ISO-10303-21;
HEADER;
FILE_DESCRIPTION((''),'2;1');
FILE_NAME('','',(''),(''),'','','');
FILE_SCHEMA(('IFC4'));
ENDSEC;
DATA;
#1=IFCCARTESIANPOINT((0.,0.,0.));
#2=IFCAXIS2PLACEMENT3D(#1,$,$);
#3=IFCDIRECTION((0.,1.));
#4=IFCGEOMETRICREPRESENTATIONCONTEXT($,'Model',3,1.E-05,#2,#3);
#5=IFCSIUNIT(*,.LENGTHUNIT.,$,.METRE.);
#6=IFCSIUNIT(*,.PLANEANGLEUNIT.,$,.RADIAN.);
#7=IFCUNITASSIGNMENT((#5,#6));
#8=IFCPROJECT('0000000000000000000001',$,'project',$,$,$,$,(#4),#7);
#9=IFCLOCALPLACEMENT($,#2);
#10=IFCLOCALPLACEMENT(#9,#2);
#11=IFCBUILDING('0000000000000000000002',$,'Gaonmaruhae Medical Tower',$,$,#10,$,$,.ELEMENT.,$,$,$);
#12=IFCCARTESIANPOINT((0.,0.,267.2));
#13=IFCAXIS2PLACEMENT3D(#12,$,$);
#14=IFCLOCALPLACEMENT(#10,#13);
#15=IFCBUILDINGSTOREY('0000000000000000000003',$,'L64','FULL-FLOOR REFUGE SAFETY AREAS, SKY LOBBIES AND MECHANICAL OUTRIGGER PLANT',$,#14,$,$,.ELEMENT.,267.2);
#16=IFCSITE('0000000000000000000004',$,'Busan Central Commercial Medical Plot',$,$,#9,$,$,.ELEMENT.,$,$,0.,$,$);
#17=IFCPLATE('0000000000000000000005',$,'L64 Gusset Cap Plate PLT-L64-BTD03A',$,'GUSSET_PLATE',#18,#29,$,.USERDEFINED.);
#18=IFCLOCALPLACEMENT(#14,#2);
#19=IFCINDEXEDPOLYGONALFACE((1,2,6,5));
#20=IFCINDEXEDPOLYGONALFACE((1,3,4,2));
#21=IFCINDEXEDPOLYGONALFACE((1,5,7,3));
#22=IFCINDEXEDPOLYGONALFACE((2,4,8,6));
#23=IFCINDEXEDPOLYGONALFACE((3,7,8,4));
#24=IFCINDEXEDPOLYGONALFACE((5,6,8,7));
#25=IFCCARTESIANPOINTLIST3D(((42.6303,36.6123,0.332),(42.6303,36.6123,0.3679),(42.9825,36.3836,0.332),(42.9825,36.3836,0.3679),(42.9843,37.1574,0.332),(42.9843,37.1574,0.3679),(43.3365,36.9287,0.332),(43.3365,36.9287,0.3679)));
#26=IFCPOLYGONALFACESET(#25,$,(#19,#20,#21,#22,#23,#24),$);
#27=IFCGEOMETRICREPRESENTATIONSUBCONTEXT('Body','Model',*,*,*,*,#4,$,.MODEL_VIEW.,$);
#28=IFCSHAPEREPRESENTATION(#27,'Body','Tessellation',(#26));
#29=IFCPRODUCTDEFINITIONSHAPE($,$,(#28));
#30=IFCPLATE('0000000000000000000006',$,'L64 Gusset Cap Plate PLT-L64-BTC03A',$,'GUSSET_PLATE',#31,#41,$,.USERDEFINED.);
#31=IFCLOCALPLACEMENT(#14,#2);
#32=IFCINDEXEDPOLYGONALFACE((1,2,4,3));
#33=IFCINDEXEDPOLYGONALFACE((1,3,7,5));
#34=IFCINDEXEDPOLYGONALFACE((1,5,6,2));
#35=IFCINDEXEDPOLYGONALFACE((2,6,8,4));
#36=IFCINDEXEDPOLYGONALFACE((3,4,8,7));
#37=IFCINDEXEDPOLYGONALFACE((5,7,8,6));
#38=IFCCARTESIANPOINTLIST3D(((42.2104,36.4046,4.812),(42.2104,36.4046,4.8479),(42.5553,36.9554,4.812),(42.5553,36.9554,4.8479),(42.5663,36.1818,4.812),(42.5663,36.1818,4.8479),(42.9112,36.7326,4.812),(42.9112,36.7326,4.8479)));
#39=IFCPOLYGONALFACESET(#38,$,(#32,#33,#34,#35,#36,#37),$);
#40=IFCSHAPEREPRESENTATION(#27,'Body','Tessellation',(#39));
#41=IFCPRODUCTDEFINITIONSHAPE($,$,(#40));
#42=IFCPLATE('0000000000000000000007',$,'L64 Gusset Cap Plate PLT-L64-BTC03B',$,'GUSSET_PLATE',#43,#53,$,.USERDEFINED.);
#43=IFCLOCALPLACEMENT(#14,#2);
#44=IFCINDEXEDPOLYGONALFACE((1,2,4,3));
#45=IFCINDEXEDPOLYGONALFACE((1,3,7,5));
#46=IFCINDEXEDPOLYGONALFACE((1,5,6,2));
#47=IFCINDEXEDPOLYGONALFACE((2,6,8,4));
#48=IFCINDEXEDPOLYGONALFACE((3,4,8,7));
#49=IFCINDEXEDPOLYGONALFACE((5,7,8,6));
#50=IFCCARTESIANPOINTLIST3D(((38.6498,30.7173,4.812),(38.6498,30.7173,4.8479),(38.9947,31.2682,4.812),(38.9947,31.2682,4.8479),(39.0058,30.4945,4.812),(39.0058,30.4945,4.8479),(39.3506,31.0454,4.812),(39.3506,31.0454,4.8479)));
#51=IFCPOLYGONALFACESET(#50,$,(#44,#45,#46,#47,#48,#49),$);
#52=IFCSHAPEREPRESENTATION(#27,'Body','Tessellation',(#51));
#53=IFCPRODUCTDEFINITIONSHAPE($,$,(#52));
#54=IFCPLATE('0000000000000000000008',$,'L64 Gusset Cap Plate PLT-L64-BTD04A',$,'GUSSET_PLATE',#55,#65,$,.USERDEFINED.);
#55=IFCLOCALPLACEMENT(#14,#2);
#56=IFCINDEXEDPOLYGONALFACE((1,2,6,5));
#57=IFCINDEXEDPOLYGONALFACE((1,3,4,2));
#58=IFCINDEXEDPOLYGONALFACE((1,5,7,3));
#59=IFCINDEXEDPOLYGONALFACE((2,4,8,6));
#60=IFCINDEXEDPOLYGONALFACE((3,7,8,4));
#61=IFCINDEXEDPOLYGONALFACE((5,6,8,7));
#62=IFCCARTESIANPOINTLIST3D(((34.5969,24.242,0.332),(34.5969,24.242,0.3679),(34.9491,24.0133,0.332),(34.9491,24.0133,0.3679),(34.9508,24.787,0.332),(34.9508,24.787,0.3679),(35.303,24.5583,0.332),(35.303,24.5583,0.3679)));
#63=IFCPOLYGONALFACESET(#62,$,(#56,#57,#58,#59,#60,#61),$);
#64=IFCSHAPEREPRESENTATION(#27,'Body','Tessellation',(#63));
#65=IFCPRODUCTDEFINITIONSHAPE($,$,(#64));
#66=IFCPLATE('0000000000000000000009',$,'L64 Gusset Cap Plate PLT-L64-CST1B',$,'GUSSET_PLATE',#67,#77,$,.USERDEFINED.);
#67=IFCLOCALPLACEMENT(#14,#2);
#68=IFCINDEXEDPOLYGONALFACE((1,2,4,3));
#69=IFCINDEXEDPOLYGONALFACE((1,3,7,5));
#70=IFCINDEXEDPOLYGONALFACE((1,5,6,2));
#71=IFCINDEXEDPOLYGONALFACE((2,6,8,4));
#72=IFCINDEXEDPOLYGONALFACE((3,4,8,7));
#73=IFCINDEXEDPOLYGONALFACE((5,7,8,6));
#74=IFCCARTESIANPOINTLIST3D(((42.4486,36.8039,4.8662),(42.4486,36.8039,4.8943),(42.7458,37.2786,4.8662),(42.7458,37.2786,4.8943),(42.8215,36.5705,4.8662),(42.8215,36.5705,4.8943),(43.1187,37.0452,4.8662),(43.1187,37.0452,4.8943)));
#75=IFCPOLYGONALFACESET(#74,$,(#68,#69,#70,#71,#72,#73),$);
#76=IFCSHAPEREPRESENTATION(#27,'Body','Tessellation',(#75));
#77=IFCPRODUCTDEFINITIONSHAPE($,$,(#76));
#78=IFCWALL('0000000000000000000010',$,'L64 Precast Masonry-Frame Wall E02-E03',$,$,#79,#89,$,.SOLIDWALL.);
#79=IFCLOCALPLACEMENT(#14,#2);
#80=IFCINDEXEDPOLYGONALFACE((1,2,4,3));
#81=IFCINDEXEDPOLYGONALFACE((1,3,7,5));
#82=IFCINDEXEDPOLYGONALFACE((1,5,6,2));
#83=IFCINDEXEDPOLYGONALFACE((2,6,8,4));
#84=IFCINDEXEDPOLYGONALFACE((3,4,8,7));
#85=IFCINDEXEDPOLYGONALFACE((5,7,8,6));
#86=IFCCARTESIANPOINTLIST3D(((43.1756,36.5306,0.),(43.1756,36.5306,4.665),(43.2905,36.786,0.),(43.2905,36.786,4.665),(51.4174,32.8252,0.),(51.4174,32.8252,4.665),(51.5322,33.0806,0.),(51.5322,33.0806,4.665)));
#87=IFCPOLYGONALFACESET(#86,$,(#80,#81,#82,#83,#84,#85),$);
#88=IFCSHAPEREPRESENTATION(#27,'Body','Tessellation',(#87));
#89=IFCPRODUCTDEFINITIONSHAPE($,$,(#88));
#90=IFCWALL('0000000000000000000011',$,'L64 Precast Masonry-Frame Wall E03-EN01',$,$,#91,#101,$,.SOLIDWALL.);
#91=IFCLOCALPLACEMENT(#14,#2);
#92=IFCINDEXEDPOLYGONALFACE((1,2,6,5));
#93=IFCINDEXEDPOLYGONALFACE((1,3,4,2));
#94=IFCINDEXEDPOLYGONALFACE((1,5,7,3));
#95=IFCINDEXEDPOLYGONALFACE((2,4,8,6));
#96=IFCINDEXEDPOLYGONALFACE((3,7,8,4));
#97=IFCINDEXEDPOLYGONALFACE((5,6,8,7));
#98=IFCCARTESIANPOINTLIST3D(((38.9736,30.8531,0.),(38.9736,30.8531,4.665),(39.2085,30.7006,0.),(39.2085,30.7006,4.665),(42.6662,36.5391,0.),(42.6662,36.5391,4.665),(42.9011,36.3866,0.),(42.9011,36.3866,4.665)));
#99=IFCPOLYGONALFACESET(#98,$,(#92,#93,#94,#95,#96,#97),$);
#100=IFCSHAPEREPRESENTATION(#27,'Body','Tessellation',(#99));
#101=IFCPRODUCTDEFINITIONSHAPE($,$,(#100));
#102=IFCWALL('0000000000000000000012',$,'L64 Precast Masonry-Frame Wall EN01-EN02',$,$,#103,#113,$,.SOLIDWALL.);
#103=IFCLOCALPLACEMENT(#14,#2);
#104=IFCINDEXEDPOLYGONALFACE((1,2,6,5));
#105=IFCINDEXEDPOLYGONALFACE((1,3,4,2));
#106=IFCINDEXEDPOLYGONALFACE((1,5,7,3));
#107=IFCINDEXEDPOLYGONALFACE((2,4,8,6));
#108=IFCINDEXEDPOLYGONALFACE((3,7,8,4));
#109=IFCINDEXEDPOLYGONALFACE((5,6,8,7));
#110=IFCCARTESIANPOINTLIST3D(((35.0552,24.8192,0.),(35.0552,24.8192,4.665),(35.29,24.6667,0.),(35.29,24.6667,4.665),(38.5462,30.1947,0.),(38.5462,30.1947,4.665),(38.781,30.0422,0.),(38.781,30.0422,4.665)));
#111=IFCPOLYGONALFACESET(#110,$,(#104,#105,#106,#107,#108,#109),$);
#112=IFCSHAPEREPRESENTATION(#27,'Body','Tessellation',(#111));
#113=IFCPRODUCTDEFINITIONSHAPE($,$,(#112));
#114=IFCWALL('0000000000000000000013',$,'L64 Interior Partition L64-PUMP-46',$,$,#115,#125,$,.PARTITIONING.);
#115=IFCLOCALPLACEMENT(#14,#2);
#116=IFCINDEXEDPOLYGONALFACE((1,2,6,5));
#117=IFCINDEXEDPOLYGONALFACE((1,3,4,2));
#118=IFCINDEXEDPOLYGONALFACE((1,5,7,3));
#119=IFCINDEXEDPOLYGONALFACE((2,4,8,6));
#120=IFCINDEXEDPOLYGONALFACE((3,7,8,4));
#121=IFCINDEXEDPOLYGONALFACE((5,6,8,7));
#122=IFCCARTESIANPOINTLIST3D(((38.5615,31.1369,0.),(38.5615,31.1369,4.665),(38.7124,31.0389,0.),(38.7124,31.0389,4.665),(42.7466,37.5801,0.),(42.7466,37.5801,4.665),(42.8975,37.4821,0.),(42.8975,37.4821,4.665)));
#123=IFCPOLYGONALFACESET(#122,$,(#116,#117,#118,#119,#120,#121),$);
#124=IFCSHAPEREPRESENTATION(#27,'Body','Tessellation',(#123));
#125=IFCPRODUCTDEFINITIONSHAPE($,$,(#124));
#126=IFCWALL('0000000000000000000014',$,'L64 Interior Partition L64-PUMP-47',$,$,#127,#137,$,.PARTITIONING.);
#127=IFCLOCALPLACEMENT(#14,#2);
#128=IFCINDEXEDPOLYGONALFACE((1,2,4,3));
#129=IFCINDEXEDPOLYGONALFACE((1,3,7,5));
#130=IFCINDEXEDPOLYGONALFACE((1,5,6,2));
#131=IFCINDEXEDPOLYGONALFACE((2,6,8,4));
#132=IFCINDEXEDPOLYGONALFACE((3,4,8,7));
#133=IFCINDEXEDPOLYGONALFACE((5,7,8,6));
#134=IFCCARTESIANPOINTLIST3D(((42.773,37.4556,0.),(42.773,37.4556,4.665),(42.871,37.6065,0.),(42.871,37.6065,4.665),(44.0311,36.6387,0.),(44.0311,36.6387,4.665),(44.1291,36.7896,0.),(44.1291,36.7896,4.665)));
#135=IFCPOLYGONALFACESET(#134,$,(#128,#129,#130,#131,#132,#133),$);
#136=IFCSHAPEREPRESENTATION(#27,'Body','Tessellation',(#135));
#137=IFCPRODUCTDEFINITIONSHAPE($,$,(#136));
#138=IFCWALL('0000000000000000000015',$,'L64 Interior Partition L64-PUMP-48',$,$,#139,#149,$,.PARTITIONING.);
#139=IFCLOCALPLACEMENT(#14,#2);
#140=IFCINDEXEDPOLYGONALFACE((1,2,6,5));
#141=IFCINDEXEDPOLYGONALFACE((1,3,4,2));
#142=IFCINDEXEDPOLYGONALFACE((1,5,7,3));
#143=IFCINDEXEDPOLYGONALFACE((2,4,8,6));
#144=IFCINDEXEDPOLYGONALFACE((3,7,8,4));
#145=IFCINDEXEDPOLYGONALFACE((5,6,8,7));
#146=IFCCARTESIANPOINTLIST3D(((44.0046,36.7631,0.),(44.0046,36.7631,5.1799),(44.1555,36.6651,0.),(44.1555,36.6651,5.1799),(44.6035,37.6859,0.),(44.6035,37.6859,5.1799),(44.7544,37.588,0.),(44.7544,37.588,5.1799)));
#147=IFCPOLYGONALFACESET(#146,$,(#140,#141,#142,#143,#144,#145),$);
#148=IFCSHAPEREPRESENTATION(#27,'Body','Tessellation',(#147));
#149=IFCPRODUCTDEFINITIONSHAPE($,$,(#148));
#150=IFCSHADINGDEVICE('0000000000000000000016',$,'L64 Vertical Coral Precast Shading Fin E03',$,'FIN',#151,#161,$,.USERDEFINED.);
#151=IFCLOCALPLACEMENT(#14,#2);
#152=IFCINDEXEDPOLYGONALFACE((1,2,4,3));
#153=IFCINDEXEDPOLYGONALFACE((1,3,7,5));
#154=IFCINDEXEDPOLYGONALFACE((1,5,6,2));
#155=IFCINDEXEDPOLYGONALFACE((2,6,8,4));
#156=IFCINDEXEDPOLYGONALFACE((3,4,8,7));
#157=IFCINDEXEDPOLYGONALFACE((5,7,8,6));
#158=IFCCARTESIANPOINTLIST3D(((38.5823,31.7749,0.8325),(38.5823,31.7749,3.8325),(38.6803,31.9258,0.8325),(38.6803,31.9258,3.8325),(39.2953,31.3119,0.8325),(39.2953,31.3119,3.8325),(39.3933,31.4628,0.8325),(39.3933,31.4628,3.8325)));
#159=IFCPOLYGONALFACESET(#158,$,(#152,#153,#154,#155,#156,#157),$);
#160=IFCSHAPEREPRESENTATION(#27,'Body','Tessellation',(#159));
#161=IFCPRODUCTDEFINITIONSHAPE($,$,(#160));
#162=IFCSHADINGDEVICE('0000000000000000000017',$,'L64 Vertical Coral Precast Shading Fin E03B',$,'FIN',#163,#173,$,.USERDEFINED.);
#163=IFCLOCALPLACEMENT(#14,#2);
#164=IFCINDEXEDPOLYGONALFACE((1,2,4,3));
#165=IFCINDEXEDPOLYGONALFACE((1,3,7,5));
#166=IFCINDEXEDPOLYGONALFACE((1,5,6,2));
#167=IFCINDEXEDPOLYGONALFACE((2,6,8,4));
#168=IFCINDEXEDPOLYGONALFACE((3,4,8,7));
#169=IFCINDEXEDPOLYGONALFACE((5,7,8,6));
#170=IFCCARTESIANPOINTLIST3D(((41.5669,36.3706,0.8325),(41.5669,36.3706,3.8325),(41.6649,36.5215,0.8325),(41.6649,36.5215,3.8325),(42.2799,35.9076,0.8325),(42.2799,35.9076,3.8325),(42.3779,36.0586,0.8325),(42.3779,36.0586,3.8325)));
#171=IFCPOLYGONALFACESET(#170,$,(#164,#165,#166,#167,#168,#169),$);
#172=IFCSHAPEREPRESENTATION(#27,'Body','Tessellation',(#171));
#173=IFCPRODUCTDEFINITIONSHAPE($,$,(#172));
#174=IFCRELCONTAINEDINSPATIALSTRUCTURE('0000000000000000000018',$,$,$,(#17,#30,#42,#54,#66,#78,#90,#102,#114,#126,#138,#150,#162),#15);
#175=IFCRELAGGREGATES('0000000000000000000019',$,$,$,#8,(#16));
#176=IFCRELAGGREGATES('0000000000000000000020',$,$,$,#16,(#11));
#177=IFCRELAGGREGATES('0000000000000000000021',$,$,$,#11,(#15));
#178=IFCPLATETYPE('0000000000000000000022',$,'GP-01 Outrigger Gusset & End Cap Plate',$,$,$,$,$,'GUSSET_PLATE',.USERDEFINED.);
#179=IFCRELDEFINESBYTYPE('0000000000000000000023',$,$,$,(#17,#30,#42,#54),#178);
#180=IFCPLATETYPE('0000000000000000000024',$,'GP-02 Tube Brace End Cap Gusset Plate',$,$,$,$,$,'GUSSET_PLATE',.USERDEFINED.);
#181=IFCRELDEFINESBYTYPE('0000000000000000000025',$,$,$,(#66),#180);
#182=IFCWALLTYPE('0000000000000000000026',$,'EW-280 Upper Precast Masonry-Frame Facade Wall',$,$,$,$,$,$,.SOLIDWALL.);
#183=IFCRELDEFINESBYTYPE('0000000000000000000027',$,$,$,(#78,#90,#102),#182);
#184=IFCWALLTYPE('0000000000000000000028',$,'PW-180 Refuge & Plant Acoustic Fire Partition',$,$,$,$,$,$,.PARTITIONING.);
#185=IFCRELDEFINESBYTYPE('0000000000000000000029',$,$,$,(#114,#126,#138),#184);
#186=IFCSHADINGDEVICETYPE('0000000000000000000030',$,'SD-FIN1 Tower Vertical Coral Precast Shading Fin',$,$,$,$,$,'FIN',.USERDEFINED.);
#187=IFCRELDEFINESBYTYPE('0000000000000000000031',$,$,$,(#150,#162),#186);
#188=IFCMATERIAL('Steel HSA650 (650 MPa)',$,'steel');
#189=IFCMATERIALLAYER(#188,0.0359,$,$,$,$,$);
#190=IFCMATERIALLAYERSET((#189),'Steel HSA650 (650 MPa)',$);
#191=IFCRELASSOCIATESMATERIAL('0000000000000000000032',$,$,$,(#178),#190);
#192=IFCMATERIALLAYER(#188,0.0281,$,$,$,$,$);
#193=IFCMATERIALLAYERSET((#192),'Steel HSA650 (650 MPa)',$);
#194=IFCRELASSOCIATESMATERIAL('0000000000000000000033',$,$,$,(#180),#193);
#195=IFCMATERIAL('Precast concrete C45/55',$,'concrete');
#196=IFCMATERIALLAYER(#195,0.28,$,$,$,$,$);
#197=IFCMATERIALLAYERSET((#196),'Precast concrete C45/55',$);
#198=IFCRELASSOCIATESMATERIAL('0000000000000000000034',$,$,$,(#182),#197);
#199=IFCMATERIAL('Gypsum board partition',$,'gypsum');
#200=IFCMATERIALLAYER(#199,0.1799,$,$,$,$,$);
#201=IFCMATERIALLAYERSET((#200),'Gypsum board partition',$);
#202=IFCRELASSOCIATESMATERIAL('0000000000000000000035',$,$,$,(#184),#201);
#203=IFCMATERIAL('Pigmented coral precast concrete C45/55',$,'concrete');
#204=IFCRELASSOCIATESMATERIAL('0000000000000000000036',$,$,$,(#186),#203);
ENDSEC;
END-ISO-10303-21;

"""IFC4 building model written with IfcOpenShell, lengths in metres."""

from ifc_helpers import new_model, si_unit, direction, frame, frame_2d, origin, origin_2d, place, context, subcontext, project, spatial, rectangle, extrude, material, layer, layer_set, type_object, element, save


model = new_model("IFC4")

# Units and contexts
model_context = context("Model", 3, precision=1e-05, world=origin(), true_north=direction((0.0, 1.0)))
body_context = subcontext(model_context, "Body", "Model", "MODEL_VIEW")
ifc_project = project(units=[si_unit("LENGTHUNIT", "METRE"), si_unit("PLANEANGLEUNIT", "RADIAN")], contexts=[model_context])

# Site, building, storey
site_placement = place(None, origin())
site = spatial("IfcSite", under=ifc_project, at=site_placement, Name="Busan Central Commercial Medical Plot", CompositionType="ELEMENT", RefElevation=0.0)
building_placement = place(site_placement, origin())
building = spatial("IfcBuilding", under=site, at=building_placement, Name="Gaonmaruhae Medical Tower", CompositionType="ELEMENT")
storey_placement = place(building_placement, frame((0.0, 0.0, 267.2)))
storey = spatial("IfcBuildingStorey", under=building, at=storey_placement, Name="L64", Description="FULL-FLOOR REFUGE SAFETY AREAS, SKY LOBBIES AND MECHANICAL OUTRIGGER PLANT", CompositionType="ELEMENT", Elevation=267.2)

# Shared definitions
ifc_material_1 = material(Name="Steel HSA650 (650 MPa)", Category="steel")

# Plates
ifc_layer_1 = layer(ifc_material_1, 0.0359)
ifc_layer_set_1 = layer_set([ifc_layer_1], Name="Steel HSA650 (650 MPa)")
plate_type_1 = type_object("IfcPlateType", Name="GP-01 Outrigger Gusset & End Cap Plate", ElementType="GUSSET_PLATE", PredefinedType="USERDEFINED", material=ifc_layer_set_1)
for number, where, z_axis, x_axis, name in (
    (1, (42.9834, 36.7705, 0.332), (0.0, 0.0, 1.0), (0.544639, 0.838671, 0.0), "L64 Gusset Cap Plate PLT-L64-BTD03A"),
    (2, (42.5608, 36.5686, 4.812), (0.0, 0.0, 1.0), (0.530659, 0.847585, 0.0), "L64 Gusset Cap Plate PLT-L64-BTC03A"),
    (3, (39.0002, 30.8813, 4.812), (0.0, 0.0, 1.0), (0.530659, 0.847585, 0.0), "L64 Gusset Cap Plate PLT-L64-BTC03B"),
    (4, (34.95, 24.4001, 0.332), (0.0, 0.0, 1.0), (0.544639, 0.838671, 0.0), "L64 Gusset Cap Plate PLT-L64-BTD04A"),
):
    element("IfcPlate", number, at=place(storey_placement, frame(where, z_axis=z_axis, x_axis=x_axis)), inside=storey, type_object=plate_type_1, Name=name, ObjectType="GUSSET_PLATE", PredefinedType="USERDEFINED", context=body_context, shape_type="SweptSolid", body=[
        extrude(rectangle(XDim=0.6499, YDim=0.4199, at=origin_2d()), origin(), (0.0, 0.0, 1.0), 0.0359),
    ])
ifc_layer_2 = layer(ifc_material_1, 0.0281)
ifc_layer_set_2 = layer_set([ifc_layer_2], Name="Steel HSA650 (650 MPa)")
plate_type_2 = type_object("IfcPlateType", Name="GP-02 Tube Brace End Cap Gusset Plate", ElementType="GUSSET_PLATE", PredefinedType="USERDEFINED", material=ifc_layer_set_2)
plate_placement = place(storey_placement, frame((42.7837, 36.9246, 4.8662), z_axis=(0.0, 0.0, 1.0), x_axis=(0.530659, 0.847585, 0.0)))
element("IfcPlate", 5, at=plate_placement, inside=storey, type_object=plate_type_2, Name="L64 Gusset Cap Plate PLT-L64-CST1B", ObjectType="GUSSET_PLATE", PredefinedType="USERDEFINED", context=body_context, shape_type="SweptSolid", body=[
    extrude(rectangle(XDim=0.5601, YDim=0.4399, at=origin_2d()), origin(), (0.0, 0.0, 1.0), 0.0281),
])

# Walls
ifc_material_2 = material(Name="Precast concrete C45/55", Category="concrete")
ifc_layer_3 = layer(ifc_material_2, 0.28)
ifc_layer_set_3 = layer_set([ifc_layer_3], Name="Precast concrete C45/55")
wall_type_1 = type_object("IfcWallType", Name="EW-280 Upper Precast Masonry-Frame Facade Wall", PredefinedType="SOLIDWALL", material=ifc_layer_set_3)
wall_1_placement = place(storey_placement, frame((43.2332, 36.6582, 0.0), z_axis=(0.0, 0.0, 1.0), x_axis=(0.912064, -0.410048, 0.0)))
element("IfcWall", 6, at=wall_1_placement, inside=storey, type_object=wall_type_1, Name="L64 Precast Masonry-Frame Wall E02-E03", PredefinedType="SOLIDWALL", context=body_context, shape_type="SweptSolid", body=[
    extrude(rectangle(XDim=9.0364, YDim=0.28, at=frame_2d((4.5181, 0.0))), origin(), (0.0, 0.0, 1.0), 4.665),
])
wall_2_placement = place(storey_placement, frame((39.0911, 30.7769, 0.0), z_axis=(0.0, 0.0, 1.0), x_axis=(0.544647, 0.838666, 0.0)))
element("IfcWall", 7, at=wall_2_placement, inside=storey, type_object=wall_type_1, Name="L64 Precast Masonry-Frame Wall E03-EN01", PredefinedType="SOLIDWALL", context=body_context, shape_type="SweptSolid", body=[
    extrude(rectangle(XDim=6.7798, YDim=0.28, at=frame_2d((3.3899, 0.0))), origin(), (0.0, 0.0, 1.0), 4.665),
])
wall_3_placement = place(storey_placement, frame((35.1726, 24.7429, 0.0), z_axis=(0.0, 0.0, 1.0), x_axis=(0.544648, 0.838665, 0.0)))
element("IfcWall", 8, at=wall_3_placement, inside=storey, type_object=wall_type_1, Name="L64 Precast Masonry-Frame Wall EN01-EN02", PredefinedType="SOLIDWALL", context=body_context, shape_type="SweptSolid", body=[
    extrude(rectangle(XDim=6.4097, YDim=0.28, at=frame_2d((3.2048, 0.0))), origin(), (0.0, 0.0, 1.0), 4.665),
])
ifc_material_3 = material(Name="Gypsum board partition", Category="gypsum")
ifc_layer_4 = layer(ifc_material_3, 0.1799)
ifc_layer_set_4 = layer_set([ifc_layer_4], Name="Gypsum board partition")
wall_type_2 = type_object("IfcWallType", Name="PW-180 Refuge & Plant Acoustic Fire Partition", PredefinedType="PARTITIONING", material=ifc_layer_set_4)
wall_4_placement = place(storey_placement, frame((38.637, 31.0879, 0.0), z_axis=(0.0, 0.0, 1.0), x_axis=(0.544717, 0.83862, 0.0)))
element("IfcWall", 9, at=wall_4_placement, inside=storey, type_object=wall_type_2, Name="L64 Interior Partition L64-PUMP-46", PredefinedType="PARTITIONING", context=body_context, shape_type="SweptSolid", body=[
    extrude(rectangle(XDim=7.6831, YDim=0.1799, at=frame_2d((3.8416, 0.0))), origin(), (0.0, 0.0, 1.0), 4.665),
])
wall_5_placement = place(storey_placement, frame((42.822, 37.531, 0.0), z_axis=(0.0, 0.0, 1.0), x_axis=(0.8387, -0.544594, 0.0)))
element("IfcWall", 10, at=wall_5_placement, inside=storey, type_object=wall_type_2, Name="L64 Interior Partition L64-PUMP-47", PredefinedType="PARTITIONING", context=body_context, shape_type="SweptSolid", body=[
    extrude(rectangle(XDim=1.5, YDim=0.1799, at=frame_2d((0.75, 0.0))), origin(), (0.0, 0.0, 1.0), 4.665),
])
wall_6_placement = place(storey_placement, frame((44.0801, 36.7141, 0.0), z_axis=(0.0, 0.0, 1.0), x_axis=(0.544364, 0.838849, 0.0)))
element("IfcWall", 11, at=wall_6_placement, inside=storey, type_object=wall_type_2, Name="L64 Interior Partition L64-PUMP-48", PredefinedType="PARTITIONING", context=body_context, shape_type="SweptSolid", body=[
    extrude(rectangle(XDim=1.1001, YDim=0.1799, at=frame_2d((0.55, 0.0))), origin(), (0.0, 0.0, 1.0), 5.1799),
])

# Shading devices
ifc_material_4 = material(Name="Pigmented coral precast concrete C45/55", Category="concrete")
shading_device_type = type_object("IfcShadingDeviceType", Name="SD-FIN1 Tower Vertical Coral Precast Shading Fin", ElementType="FIN", PredefinedType="USERDEFINED", material=ifc_material_4)
for number, where, z_axis, x_axis, name in (
    (12, (38.9878, 31.6189, 0.8325), (0.0, 0.0, 1.0), (0.544639, 0.838671, 0.0), "L64 Vertical Coral Precast Shading Fin E03"),
    (13, (41.9724, 36.2146, 0.8325), (0.0, 0.0, 1.0), (0.544639, 0.838671, 0.0), "L64 Vertical Coral Precast Shading Fin E03B"),
):
    element("IfcShadingDevice", number, at=place(storey_placement, frame(where, z_axis=z_axis, x_axis=x_axis)), inside=storey, type_object=shading_device_type, Name=name, ObjectType="FIN", PredefinedType="USERDEFINED", context=body_context, shape_type="SweptSolid", body=[
        extrude(rectangle(XDim=0.1799, YDim=0.8501, at=origin_2d()), origin(), (0.0, 0.0, 1.0), 3.0),
    ])

save(model, "model.ifc")
